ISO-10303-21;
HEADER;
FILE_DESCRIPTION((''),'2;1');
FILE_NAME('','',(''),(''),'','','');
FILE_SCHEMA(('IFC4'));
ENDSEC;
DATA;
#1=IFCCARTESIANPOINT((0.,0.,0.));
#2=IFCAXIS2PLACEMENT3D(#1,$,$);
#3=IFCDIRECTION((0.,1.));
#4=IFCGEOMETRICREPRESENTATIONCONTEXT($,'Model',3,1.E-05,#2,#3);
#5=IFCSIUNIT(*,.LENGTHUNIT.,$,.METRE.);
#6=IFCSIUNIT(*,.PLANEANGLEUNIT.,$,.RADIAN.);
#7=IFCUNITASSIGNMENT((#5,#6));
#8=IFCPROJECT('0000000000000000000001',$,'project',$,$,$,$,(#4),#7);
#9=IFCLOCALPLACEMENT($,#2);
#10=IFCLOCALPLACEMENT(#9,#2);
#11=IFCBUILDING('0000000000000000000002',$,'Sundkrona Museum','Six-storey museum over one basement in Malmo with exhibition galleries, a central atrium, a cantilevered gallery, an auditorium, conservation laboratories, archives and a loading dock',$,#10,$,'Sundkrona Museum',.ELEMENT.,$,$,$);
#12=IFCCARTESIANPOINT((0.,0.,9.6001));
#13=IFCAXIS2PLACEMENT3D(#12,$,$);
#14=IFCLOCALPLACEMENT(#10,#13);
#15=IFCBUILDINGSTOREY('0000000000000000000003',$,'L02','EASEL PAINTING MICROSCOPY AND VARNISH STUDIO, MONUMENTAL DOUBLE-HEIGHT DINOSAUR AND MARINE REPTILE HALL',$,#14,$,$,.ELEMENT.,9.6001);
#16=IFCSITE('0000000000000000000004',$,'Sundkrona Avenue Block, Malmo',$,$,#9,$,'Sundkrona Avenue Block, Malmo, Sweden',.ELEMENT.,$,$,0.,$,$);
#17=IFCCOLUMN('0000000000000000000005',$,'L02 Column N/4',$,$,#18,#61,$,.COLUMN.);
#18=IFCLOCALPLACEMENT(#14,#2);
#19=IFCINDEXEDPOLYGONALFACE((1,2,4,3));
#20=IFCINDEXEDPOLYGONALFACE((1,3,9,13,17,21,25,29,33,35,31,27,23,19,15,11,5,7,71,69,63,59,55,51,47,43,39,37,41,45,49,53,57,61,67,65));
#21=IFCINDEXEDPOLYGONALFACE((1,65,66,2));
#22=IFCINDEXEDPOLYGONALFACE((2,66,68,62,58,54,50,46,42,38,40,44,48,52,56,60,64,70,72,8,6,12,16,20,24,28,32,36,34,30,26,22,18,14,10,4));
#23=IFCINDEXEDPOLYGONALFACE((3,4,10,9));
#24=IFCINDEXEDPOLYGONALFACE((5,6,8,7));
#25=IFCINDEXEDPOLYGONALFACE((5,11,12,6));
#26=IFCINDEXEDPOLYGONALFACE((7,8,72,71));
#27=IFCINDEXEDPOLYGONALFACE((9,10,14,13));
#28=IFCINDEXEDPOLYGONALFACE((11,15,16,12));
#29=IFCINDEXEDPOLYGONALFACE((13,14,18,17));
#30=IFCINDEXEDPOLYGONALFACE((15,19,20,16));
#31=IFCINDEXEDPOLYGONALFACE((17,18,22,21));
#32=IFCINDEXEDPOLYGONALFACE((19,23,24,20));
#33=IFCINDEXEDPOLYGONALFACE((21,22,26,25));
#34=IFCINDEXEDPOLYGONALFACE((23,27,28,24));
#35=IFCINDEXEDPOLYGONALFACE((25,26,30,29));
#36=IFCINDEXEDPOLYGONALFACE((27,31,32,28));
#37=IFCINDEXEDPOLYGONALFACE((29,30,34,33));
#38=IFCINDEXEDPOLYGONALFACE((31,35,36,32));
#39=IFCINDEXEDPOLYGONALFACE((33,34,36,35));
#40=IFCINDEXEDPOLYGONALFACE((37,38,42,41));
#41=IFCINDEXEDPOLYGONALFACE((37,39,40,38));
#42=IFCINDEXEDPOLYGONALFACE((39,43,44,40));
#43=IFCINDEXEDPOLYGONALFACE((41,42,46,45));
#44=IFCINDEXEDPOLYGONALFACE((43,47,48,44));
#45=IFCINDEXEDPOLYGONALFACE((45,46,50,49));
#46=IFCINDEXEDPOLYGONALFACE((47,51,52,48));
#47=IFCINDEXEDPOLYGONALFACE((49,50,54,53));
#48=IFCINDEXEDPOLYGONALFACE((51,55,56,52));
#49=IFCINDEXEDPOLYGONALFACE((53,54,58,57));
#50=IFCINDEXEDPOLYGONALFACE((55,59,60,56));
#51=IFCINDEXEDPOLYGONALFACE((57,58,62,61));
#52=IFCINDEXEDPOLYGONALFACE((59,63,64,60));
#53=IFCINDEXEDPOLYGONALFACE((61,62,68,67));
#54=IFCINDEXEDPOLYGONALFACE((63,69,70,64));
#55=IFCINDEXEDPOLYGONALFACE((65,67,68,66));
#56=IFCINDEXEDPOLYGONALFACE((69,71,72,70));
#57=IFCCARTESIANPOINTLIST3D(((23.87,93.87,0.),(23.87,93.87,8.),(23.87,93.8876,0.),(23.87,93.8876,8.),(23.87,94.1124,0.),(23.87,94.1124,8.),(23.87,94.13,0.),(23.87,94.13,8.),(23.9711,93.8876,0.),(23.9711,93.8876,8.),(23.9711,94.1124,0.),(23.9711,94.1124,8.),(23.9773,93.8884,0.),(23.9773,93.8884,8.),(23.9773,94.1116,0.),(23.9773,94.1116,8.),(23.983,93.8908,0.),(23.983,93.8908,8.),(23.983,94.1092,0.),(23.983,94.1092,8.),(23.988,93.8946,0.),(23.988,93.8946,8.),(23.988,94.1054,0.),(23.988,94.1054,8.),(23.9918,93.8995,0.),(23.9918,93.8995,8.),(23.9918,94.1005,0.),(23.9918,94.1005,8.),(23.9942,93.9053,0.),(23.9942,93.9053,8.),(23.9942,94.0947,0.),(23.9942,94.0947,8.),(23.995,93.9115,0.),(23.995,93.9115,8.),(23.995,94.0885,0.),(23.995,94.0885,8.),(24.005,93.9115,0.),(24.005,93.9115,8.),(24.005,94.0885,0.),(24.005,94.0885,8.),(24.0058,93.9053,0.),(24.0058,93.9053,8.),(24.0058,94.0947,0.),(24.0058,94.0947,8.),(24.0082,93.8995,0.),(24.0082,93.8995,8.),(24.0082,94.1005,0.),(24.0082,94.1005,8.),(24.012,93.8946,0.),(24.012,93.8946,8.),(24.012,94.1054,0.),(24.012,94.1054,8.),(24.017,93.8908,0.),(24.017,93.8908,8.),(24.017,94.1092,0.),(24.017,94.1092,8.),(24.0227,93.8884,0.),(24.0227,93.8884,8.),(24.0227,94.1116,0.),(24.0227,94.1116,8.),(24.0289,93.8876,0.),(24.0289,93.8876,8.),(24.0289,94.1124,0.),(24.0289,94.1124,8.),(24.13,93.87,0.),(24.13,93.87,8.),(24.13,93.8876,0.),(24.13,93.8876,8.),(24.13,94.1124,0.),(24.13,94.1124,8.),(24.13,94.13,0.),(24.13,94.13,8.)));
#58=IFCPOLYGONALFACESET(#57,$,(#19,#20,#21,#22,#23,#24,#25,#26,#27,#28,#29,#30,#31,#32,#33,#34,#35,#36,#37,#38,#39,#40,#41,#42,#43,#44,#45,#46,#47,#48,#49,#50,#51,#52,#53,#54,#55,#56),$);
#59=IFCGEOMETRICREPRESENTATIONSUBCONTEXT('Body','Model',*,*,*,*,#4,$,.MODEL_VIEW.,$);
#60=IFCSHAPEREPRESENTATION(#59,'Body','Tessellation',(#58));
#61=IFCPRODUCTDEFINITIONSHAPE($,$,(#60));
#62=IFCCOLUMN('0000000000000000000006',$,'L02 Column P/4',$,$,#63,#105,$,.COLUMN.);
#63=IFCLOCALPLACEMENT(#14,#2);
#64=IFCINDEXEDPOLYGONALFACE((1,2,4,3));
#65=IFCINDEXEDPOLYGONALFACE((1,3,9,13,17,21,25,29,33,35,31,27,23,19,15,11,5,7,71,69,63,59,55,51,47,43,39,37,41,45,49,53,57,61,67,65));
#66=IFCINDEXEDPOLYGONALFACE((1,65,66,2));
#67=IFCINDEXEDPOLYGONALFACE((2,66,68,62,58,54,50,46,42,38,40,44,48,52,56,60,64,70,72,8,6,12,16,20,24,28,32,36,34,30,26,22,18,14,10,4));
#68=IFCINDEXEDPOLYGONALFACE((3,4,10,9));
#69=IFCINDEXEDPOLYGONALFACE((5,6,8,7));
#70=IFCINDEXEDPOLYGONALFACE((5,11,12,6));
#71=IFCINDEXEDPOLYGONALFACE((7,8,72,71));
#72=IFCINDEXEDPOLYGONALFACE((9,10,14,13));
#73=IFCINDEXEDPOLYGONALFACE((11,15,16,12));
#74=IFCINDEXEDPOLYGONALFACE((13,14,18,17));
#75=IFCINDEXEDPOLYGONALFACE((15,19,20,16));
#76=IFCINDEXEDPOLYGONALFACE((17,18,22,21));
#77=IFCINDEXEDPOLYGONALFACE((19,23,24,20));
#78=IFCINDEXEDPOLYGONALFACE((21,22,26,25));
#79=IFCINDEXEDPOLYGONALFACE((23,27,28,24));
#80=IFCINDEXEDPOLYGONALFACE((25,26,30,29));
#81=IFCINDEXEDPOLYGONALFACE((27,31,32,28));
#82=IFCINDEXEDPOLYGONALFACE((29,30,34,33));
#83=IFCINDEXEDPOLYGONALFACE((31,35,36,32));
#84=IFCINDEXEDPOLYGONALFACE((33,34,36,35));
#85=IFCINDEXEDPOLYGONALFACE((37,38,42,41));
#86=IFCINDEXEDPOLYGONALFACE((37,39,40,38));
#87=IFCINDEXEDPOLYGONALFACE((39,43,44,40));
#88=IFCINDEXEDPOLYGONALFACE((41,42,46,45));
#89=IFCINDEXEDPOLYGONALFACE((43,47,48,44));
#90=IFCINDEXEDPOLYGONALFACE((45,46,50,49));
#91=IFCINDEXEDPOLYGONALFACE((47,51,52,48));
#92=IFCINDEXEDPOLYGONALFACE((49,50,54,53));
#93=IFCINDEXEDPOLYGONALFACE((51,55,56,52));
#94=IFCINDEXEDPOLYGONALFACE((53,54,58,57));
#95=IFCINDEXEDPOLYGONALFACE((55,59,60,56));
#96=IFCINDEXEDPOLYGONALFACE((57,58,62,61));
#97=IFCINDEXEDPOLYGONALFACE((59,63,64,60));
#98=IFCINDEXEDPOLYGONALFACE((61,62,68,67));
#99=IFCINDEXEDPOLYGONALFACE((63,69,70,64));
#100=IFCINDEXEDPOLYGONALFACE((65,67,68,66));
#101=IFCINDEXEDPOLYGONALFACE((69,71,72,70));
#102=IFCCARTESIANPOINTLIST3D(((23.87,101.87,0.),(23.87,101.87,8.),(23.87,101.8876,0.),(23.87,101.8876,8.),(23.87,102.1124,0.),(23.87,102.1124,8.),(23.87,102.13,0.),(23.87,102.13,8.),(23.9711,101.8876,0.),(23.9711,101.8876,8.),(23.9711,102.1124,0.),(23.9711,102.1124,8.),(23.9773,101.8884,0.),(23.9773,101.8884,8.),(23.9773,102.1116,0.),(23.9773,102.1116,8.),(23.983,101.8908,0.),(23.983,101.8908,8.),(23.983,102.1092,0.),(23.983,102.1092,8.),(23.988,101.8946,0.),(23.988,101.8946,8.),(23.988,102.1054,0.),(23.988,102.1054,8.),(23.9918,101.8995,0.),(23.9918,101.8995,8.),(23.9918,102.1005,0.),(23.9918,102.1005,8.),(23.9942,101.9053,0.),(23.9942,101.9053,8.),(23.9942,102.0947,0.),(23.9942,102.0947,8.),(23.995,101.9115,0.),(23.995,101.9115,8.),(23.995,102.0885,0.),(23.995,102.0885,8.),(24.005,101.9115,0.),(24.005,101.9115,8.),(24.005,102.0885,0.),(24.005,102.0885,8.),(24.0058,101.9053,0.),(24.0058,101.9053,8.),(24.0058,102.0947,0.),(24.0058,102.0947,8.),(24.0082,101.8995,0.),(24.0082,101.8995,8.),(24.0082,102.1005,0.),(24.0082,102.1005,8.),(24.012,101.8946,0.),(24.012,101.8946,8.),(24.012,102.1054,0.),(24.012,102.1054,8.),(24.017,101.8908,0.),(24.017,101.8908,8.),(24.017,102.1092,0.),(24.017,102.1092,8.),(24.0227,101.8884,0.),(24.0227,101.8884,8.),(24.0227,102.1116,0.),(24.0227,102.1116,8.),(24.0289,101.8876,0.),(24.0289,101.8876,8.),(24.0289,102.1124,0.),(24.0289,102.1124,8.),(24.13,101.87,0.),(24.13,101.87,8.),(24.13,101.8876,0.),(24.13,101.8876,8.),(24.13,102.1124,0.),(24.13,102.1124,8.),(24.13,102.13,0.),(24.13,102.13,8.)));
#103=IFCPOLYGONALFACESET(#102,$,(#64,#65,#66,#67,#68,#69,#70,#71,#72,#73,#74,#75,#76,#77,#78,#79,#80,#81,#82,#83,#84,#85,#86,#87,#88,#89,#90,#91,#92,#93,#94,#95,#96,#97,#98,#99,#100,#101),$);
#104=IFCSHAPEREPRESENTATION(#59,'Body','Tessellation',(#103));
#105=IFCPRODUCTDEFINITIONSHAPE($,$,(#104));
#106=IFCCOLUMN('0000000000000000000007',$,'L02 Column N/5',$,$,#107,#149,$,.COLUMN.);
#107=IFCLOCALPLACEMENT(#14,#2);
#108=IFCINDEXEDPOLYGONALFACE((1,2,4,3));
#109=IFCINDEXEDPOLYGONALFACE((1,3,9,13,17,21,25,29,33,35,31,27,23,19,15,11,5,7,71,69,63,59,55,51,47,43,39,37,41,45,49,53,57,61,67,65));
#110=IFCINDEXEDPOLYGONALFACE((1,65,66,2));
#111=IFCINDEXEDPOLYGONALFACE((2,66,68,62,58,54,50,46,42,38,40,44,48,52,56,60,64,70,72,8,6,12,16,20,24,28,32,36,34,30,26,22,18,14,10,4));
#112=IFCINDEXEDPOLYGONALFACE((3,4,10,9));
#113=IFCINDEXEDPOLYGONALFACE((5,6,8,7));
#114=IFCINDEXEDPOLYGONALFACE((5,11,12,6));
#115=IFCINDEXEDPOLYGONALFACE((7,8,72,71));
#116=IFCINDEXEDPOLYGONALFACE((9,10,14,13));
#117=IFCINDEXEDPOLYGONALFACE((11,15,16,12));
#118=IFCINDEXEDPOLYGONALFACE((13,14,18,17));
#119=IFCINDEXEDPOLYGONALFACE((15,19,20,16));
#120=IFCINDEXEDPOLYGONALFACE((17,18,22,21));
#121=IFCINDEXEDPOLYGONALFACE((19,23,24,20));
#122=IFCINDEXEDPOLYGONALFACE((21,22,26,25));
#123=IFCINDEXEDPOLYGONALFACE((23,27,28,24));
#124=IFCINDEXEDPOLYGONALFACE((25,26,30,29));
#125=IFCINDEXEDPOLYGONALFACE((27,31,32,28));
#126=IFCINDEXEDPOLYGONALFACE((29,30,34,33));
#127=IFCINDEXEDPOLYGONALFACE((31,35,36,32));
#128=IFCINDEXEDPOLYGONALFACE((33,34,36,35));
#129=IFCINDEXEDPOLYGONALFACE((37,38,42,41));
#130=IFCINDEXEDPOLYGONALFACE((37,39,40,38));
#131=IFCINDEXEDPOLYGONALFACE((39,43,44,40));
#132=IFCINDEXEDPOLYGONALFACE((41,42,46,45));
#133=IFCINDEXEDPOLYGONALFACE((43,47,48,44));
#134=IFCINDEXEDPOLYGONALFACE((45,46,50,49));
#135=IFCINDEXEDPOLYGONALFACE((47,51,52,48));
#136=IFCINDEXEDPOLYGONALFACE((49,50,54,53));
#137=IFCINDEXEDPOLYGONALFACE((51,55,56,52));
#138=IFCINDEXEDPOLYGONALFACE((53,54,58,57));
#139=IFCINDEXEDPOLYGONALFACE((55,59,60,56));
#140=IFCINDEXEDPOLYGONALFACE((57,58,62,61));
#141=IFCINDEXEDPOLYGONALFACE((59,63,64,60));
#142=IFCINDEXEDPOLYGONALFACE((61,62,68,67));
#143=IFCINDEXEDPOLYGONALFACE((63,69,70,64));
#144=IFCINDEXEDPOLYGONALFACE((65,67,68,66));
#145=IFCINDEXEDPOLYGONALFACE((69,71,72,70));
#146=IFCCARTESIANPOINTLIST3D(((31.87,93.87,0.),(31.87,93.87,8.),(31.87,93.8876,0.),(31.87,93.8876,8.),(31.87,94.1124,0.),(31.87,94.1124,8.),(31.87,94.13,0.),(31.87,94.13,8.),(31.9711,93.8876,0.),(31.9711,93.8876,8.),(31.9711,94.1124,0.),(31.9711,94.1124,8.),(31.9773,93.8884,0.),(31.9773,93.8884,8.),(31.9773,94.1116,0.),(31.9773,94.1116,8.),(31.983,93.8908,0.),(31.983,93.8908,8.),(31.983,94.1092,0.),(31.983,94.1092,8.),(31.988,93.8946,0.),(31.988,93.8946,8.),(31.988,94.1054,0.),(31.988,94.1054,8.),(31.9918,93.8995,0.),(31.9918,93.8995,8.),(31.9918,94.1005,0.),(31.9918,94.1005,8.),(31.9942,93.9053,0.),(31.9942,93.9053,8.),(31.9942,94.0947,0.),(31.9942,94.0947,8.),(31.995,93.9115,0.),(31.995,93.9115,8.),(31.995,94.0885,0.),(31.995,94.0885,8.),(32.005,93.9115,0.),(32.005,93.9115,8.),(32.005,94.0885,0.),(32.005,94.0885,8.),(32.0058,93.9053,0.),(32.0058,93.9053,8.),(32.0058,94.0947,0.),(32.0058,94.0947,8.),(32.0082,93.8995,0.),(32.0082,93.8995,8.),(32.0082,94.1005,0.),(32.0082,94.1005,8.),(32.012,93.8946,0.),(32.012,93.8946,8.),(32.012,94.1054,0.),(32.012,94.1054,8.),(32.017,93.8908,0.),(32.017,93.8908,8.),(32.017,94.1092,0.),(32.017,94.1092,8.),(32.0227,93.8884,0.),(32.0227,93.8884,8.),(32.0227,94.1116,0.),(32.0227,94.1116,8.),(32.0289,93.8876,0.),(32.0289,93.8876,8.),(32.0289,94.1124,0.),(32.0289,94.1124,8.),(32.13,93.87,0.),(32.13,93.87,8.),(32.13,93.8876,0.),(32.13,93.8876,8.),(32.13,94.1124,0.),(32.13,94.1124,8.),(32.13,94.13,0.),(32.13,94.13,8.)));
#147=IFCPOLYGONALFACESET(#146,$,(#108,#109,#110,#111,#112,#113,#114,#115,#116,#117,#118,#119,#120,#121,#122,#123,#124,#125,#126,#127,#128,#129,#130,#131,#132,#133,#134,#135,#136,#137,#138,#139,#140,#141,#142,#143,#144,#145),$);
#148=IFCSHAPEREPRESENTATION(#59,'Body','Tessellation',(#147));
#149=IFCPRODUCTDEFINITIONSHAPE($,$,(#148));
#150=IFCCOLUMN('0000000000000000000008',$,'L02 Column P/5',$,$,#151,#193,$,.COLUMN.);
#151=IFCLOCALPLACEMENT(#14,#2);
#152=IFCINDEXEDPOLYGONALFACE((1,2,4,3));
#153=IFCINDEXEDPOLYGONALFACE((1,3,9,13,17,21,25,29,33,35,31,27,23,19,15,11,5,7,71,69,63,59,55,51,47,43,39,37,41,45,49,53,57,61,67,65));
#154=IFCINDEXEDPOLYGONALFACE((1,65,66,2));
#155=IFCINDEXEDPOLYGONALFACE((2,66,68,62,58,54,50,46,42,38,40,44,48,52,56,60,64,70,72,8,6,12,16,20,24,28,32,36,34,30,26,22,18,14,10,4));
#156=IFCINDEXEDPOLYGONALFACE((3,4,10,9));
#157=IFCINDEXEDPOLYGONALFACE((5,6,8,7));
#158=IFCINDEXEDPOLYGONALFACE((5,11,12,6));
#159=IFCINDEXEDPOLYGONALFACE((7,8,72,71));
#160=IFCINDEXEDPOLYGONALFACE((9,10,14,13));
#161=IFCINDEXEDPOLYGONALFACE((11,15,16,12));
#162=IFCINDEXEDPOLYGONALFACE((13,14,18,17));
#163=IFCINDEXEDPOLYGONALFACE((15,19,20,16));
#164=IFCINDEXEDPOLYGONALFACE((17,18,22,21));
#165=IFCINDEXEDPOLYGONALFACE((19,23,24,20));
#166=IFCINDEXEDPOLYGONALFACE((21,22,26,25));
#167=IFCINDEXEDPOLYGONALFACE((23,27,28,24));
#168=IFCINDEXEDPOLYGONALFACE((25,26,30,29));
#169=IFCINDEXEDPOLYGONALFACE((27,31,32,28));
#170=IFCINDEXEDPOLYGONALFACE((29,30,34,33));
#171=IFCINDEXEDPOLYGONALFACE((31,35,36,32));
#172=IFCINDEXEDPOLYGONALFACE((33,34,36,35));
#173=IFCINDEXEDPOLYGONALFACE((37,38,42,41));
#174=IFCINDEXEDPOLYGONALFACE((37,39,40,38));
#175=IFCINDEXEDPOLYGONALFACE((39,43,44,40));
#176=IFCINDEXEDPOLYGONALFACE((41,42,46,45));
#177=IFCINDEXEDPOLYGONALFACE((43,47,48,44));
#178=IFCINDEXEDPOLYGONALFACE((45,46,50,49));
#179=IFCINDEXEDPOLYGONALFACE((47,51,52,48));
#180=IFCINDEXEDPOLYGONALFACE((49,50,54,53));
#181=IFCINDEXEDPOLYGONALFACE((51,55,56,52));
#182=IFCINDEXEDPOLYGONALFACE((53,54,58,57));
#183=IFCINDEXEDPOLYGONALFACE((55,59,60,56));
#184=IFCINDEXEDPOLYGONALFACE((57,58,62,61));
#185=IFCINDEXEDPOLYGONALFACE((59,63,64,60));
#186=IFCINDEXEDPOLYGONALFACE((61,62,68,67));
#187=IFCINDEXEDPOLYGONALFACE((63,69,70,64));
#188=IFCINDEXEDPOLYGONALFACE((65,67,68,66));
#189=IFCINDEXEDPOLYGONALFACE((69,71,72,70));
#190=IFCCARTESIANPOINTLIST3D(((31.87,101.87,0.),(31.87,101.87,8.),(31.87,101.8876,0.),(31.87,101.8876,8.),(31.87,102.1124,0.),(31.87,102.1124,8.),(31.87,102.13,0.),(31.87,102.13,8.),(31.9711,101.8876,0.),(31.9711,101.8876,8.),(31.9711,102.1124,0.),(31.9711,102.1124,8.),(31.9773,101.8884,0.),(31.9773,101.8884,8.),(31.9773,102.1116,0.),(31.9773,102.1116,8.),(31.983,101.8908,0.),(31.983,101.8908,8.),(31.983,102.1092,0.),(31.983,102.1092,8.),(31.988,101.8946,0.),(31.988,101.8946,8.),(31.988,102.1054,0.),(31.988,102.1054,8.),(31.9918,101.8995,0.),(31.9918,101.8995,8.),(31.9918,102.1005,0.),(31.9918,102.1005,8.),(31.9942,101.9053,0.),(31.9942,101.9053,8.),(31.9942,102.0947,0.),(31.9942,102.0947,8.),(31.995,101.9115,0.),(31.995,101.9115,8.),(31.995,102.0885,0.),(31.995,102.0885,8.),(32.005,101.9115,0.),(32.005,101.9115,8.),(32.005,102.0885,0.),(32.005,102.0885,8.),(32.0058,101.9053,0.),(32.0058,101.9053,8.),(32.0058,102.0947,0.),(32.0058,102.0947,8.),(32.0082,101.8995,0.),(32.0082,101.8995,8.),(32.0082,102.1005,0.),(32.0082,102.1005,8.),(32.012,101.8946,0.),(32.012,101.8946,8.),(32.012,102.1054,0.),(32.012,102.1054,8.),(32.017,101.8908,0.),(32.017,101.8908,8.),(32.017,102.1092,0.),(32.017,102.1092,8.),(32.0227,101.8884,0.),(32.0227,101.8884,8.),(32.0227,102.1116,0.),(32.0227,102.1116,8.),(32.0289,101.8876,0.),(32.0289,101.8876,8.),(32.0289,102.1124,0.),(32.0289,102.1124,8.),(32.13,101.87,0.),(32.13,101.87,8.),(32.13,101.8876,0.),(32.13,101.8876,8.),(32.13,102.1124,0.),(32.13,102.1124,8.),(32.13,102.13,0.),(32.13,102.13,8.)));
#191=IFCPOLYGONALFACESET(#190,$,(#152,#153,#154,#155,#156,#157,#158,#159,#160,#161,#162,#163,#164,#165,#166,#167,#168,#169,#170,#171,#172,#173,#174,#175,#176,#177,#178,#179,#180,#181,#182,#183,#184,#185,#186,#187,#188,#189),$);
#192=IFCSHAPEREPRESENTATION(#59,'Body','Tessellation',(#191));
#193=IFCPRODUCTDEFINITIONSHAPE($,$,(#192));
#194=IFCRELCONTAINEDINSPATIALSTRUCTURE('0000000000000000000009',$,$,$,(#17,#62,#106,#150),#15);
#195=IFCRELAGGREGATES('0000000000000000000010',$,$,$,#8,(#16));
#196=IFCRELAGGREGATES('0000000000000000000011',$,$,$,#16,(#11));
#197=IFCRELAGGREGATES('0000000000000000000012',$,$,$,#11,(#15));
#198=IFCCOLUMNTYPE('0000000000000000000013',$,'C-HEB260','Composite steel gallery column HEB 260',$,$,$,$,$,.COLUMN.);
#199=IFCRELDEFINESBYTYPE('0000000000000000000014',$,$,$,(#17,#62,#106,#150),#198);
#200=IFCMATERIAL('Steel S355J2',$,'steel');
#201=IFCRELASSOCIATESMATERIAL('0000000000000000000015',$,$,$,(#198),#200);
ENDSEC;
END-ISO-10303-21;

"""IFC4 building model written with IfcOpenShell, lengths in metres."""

from ifc_helpers import new_model, si_unit, direction, frame, origin, origin_2d, place, context, subcontext, project, spatial, i_section, extrude, material, material_profile, profile_set, type_object, element, save


model = new_model("IFC4")

# Units and contexts
model_context = context("Model", 3, precision=1e-05, world=origin(), true_north=direction((0.0, 1.0)))
body_context = subcontext(model_context, "Body", "Model", "MODEL_VIEW")
ifc_project = project(units=[si_unit("LENGTHUNIT", "METRE"), si_unit("PLANEANGLEUNIT", "RADIAN")], contexts=[model_context])

# Site, building, storey
site_placement = place(None, origin())
site = spatial("IfcSite", under=ifc_project, at=site_placement, Name="Sundkrona Avenue Block, Malmo", LongName="Sundkrona Avenue Block, Malmo, Sweden", CompositionType="ELEMENT", RefElevation=0.0)
building_placement = place(site_placement, origin())
building = spatial("IfcBuilding", under=site, at=building_placement, Name="Sundkrona Museum", Description="Six-storey museum over one basement in Malmo with exhibition galleries, a central atrium, a cantilevered gallery, an auditorium, conservation laboratories, archives and a loading dock", LongName="Sundkrona Museum", CompositionType="ELEMENT")
storey_placement = place(building_placement, frame((0.0, 0.0, 9.6001)))
storey = spatial("IfcBuildingStorey", under=building, at=storey_placement, Name="L02", Description="EASEL PAINTING MICROSCOPY AND VARNISH STUDIO, MONUMENTAL DOUBLE-HEIGHT DINOSAUR AND MARINE REPTILE HALL", CompositionType="ELEMENT", Elevation=9.6001)

# Columns
ifc_material_1 = material(Name="Steel S355J2", Category="steel")
ifc_material_profile_1 = material_profile(ifc_material_1, i_section(OverallWidth=0.26, OverallDepth=0.26, WebThickness=0.01, FlangeThickness=0.0176, FilletRadius=0.0239, at=origin_2d()), Name="HEB 260")
ifc_profile_set_1 = profile_set([ifc_material_profile_1], Name="Steel S355J2")
column_type = type_object("IfcColumnType", Name="C-HEB260", Description="Composite steel gallery column HEB 260", PredefinedType="COLUMN", material=ifc_profile_set_1)
for number, where, z_axis, x_axis, name in (
    (1, (24.0, 94.0, 0.0), (0.0, 0.0, 1.0), (1.0, 0.0, 0.0), "L02 Column N/4"),
    (2, (24.0, 102.0, 0.0), (0.0, 0.0, 1.0), (1.0, 0.0, 0.0), "L02 Column P/4"),
    (3, (32.0, 94.0, 0.0), (0.0, 0.0, 1.0), (1.0, 0.0, 0.0), "L02 Column N/5"),
    (4, (32.0, 102.0, 0.0), (0.0, 0.0, 1.0), (1.0, 0.0, 0.0), "L02 Column P/5"),
):
    element("IfcColumn", number, at=place(storey_placement, frame(where, z_axis=z_axis, x_axis=x_axis)), inside=storey, type_object=column_type, Name=name, PredefinedType="COLUMN", context=body_context, shape_type="SweptSolid", body=[
        extrude(i_section(OverallWidth=0.26, OverallDepth=0.26, WebThickness=0.01, FlangeThickness=0.0176, FilletRadius=0.0239, at=origin_2d()), origin(), (0.0, 0.0, 1.0), 8.0),
    ])

save(model, "model.ifc")
